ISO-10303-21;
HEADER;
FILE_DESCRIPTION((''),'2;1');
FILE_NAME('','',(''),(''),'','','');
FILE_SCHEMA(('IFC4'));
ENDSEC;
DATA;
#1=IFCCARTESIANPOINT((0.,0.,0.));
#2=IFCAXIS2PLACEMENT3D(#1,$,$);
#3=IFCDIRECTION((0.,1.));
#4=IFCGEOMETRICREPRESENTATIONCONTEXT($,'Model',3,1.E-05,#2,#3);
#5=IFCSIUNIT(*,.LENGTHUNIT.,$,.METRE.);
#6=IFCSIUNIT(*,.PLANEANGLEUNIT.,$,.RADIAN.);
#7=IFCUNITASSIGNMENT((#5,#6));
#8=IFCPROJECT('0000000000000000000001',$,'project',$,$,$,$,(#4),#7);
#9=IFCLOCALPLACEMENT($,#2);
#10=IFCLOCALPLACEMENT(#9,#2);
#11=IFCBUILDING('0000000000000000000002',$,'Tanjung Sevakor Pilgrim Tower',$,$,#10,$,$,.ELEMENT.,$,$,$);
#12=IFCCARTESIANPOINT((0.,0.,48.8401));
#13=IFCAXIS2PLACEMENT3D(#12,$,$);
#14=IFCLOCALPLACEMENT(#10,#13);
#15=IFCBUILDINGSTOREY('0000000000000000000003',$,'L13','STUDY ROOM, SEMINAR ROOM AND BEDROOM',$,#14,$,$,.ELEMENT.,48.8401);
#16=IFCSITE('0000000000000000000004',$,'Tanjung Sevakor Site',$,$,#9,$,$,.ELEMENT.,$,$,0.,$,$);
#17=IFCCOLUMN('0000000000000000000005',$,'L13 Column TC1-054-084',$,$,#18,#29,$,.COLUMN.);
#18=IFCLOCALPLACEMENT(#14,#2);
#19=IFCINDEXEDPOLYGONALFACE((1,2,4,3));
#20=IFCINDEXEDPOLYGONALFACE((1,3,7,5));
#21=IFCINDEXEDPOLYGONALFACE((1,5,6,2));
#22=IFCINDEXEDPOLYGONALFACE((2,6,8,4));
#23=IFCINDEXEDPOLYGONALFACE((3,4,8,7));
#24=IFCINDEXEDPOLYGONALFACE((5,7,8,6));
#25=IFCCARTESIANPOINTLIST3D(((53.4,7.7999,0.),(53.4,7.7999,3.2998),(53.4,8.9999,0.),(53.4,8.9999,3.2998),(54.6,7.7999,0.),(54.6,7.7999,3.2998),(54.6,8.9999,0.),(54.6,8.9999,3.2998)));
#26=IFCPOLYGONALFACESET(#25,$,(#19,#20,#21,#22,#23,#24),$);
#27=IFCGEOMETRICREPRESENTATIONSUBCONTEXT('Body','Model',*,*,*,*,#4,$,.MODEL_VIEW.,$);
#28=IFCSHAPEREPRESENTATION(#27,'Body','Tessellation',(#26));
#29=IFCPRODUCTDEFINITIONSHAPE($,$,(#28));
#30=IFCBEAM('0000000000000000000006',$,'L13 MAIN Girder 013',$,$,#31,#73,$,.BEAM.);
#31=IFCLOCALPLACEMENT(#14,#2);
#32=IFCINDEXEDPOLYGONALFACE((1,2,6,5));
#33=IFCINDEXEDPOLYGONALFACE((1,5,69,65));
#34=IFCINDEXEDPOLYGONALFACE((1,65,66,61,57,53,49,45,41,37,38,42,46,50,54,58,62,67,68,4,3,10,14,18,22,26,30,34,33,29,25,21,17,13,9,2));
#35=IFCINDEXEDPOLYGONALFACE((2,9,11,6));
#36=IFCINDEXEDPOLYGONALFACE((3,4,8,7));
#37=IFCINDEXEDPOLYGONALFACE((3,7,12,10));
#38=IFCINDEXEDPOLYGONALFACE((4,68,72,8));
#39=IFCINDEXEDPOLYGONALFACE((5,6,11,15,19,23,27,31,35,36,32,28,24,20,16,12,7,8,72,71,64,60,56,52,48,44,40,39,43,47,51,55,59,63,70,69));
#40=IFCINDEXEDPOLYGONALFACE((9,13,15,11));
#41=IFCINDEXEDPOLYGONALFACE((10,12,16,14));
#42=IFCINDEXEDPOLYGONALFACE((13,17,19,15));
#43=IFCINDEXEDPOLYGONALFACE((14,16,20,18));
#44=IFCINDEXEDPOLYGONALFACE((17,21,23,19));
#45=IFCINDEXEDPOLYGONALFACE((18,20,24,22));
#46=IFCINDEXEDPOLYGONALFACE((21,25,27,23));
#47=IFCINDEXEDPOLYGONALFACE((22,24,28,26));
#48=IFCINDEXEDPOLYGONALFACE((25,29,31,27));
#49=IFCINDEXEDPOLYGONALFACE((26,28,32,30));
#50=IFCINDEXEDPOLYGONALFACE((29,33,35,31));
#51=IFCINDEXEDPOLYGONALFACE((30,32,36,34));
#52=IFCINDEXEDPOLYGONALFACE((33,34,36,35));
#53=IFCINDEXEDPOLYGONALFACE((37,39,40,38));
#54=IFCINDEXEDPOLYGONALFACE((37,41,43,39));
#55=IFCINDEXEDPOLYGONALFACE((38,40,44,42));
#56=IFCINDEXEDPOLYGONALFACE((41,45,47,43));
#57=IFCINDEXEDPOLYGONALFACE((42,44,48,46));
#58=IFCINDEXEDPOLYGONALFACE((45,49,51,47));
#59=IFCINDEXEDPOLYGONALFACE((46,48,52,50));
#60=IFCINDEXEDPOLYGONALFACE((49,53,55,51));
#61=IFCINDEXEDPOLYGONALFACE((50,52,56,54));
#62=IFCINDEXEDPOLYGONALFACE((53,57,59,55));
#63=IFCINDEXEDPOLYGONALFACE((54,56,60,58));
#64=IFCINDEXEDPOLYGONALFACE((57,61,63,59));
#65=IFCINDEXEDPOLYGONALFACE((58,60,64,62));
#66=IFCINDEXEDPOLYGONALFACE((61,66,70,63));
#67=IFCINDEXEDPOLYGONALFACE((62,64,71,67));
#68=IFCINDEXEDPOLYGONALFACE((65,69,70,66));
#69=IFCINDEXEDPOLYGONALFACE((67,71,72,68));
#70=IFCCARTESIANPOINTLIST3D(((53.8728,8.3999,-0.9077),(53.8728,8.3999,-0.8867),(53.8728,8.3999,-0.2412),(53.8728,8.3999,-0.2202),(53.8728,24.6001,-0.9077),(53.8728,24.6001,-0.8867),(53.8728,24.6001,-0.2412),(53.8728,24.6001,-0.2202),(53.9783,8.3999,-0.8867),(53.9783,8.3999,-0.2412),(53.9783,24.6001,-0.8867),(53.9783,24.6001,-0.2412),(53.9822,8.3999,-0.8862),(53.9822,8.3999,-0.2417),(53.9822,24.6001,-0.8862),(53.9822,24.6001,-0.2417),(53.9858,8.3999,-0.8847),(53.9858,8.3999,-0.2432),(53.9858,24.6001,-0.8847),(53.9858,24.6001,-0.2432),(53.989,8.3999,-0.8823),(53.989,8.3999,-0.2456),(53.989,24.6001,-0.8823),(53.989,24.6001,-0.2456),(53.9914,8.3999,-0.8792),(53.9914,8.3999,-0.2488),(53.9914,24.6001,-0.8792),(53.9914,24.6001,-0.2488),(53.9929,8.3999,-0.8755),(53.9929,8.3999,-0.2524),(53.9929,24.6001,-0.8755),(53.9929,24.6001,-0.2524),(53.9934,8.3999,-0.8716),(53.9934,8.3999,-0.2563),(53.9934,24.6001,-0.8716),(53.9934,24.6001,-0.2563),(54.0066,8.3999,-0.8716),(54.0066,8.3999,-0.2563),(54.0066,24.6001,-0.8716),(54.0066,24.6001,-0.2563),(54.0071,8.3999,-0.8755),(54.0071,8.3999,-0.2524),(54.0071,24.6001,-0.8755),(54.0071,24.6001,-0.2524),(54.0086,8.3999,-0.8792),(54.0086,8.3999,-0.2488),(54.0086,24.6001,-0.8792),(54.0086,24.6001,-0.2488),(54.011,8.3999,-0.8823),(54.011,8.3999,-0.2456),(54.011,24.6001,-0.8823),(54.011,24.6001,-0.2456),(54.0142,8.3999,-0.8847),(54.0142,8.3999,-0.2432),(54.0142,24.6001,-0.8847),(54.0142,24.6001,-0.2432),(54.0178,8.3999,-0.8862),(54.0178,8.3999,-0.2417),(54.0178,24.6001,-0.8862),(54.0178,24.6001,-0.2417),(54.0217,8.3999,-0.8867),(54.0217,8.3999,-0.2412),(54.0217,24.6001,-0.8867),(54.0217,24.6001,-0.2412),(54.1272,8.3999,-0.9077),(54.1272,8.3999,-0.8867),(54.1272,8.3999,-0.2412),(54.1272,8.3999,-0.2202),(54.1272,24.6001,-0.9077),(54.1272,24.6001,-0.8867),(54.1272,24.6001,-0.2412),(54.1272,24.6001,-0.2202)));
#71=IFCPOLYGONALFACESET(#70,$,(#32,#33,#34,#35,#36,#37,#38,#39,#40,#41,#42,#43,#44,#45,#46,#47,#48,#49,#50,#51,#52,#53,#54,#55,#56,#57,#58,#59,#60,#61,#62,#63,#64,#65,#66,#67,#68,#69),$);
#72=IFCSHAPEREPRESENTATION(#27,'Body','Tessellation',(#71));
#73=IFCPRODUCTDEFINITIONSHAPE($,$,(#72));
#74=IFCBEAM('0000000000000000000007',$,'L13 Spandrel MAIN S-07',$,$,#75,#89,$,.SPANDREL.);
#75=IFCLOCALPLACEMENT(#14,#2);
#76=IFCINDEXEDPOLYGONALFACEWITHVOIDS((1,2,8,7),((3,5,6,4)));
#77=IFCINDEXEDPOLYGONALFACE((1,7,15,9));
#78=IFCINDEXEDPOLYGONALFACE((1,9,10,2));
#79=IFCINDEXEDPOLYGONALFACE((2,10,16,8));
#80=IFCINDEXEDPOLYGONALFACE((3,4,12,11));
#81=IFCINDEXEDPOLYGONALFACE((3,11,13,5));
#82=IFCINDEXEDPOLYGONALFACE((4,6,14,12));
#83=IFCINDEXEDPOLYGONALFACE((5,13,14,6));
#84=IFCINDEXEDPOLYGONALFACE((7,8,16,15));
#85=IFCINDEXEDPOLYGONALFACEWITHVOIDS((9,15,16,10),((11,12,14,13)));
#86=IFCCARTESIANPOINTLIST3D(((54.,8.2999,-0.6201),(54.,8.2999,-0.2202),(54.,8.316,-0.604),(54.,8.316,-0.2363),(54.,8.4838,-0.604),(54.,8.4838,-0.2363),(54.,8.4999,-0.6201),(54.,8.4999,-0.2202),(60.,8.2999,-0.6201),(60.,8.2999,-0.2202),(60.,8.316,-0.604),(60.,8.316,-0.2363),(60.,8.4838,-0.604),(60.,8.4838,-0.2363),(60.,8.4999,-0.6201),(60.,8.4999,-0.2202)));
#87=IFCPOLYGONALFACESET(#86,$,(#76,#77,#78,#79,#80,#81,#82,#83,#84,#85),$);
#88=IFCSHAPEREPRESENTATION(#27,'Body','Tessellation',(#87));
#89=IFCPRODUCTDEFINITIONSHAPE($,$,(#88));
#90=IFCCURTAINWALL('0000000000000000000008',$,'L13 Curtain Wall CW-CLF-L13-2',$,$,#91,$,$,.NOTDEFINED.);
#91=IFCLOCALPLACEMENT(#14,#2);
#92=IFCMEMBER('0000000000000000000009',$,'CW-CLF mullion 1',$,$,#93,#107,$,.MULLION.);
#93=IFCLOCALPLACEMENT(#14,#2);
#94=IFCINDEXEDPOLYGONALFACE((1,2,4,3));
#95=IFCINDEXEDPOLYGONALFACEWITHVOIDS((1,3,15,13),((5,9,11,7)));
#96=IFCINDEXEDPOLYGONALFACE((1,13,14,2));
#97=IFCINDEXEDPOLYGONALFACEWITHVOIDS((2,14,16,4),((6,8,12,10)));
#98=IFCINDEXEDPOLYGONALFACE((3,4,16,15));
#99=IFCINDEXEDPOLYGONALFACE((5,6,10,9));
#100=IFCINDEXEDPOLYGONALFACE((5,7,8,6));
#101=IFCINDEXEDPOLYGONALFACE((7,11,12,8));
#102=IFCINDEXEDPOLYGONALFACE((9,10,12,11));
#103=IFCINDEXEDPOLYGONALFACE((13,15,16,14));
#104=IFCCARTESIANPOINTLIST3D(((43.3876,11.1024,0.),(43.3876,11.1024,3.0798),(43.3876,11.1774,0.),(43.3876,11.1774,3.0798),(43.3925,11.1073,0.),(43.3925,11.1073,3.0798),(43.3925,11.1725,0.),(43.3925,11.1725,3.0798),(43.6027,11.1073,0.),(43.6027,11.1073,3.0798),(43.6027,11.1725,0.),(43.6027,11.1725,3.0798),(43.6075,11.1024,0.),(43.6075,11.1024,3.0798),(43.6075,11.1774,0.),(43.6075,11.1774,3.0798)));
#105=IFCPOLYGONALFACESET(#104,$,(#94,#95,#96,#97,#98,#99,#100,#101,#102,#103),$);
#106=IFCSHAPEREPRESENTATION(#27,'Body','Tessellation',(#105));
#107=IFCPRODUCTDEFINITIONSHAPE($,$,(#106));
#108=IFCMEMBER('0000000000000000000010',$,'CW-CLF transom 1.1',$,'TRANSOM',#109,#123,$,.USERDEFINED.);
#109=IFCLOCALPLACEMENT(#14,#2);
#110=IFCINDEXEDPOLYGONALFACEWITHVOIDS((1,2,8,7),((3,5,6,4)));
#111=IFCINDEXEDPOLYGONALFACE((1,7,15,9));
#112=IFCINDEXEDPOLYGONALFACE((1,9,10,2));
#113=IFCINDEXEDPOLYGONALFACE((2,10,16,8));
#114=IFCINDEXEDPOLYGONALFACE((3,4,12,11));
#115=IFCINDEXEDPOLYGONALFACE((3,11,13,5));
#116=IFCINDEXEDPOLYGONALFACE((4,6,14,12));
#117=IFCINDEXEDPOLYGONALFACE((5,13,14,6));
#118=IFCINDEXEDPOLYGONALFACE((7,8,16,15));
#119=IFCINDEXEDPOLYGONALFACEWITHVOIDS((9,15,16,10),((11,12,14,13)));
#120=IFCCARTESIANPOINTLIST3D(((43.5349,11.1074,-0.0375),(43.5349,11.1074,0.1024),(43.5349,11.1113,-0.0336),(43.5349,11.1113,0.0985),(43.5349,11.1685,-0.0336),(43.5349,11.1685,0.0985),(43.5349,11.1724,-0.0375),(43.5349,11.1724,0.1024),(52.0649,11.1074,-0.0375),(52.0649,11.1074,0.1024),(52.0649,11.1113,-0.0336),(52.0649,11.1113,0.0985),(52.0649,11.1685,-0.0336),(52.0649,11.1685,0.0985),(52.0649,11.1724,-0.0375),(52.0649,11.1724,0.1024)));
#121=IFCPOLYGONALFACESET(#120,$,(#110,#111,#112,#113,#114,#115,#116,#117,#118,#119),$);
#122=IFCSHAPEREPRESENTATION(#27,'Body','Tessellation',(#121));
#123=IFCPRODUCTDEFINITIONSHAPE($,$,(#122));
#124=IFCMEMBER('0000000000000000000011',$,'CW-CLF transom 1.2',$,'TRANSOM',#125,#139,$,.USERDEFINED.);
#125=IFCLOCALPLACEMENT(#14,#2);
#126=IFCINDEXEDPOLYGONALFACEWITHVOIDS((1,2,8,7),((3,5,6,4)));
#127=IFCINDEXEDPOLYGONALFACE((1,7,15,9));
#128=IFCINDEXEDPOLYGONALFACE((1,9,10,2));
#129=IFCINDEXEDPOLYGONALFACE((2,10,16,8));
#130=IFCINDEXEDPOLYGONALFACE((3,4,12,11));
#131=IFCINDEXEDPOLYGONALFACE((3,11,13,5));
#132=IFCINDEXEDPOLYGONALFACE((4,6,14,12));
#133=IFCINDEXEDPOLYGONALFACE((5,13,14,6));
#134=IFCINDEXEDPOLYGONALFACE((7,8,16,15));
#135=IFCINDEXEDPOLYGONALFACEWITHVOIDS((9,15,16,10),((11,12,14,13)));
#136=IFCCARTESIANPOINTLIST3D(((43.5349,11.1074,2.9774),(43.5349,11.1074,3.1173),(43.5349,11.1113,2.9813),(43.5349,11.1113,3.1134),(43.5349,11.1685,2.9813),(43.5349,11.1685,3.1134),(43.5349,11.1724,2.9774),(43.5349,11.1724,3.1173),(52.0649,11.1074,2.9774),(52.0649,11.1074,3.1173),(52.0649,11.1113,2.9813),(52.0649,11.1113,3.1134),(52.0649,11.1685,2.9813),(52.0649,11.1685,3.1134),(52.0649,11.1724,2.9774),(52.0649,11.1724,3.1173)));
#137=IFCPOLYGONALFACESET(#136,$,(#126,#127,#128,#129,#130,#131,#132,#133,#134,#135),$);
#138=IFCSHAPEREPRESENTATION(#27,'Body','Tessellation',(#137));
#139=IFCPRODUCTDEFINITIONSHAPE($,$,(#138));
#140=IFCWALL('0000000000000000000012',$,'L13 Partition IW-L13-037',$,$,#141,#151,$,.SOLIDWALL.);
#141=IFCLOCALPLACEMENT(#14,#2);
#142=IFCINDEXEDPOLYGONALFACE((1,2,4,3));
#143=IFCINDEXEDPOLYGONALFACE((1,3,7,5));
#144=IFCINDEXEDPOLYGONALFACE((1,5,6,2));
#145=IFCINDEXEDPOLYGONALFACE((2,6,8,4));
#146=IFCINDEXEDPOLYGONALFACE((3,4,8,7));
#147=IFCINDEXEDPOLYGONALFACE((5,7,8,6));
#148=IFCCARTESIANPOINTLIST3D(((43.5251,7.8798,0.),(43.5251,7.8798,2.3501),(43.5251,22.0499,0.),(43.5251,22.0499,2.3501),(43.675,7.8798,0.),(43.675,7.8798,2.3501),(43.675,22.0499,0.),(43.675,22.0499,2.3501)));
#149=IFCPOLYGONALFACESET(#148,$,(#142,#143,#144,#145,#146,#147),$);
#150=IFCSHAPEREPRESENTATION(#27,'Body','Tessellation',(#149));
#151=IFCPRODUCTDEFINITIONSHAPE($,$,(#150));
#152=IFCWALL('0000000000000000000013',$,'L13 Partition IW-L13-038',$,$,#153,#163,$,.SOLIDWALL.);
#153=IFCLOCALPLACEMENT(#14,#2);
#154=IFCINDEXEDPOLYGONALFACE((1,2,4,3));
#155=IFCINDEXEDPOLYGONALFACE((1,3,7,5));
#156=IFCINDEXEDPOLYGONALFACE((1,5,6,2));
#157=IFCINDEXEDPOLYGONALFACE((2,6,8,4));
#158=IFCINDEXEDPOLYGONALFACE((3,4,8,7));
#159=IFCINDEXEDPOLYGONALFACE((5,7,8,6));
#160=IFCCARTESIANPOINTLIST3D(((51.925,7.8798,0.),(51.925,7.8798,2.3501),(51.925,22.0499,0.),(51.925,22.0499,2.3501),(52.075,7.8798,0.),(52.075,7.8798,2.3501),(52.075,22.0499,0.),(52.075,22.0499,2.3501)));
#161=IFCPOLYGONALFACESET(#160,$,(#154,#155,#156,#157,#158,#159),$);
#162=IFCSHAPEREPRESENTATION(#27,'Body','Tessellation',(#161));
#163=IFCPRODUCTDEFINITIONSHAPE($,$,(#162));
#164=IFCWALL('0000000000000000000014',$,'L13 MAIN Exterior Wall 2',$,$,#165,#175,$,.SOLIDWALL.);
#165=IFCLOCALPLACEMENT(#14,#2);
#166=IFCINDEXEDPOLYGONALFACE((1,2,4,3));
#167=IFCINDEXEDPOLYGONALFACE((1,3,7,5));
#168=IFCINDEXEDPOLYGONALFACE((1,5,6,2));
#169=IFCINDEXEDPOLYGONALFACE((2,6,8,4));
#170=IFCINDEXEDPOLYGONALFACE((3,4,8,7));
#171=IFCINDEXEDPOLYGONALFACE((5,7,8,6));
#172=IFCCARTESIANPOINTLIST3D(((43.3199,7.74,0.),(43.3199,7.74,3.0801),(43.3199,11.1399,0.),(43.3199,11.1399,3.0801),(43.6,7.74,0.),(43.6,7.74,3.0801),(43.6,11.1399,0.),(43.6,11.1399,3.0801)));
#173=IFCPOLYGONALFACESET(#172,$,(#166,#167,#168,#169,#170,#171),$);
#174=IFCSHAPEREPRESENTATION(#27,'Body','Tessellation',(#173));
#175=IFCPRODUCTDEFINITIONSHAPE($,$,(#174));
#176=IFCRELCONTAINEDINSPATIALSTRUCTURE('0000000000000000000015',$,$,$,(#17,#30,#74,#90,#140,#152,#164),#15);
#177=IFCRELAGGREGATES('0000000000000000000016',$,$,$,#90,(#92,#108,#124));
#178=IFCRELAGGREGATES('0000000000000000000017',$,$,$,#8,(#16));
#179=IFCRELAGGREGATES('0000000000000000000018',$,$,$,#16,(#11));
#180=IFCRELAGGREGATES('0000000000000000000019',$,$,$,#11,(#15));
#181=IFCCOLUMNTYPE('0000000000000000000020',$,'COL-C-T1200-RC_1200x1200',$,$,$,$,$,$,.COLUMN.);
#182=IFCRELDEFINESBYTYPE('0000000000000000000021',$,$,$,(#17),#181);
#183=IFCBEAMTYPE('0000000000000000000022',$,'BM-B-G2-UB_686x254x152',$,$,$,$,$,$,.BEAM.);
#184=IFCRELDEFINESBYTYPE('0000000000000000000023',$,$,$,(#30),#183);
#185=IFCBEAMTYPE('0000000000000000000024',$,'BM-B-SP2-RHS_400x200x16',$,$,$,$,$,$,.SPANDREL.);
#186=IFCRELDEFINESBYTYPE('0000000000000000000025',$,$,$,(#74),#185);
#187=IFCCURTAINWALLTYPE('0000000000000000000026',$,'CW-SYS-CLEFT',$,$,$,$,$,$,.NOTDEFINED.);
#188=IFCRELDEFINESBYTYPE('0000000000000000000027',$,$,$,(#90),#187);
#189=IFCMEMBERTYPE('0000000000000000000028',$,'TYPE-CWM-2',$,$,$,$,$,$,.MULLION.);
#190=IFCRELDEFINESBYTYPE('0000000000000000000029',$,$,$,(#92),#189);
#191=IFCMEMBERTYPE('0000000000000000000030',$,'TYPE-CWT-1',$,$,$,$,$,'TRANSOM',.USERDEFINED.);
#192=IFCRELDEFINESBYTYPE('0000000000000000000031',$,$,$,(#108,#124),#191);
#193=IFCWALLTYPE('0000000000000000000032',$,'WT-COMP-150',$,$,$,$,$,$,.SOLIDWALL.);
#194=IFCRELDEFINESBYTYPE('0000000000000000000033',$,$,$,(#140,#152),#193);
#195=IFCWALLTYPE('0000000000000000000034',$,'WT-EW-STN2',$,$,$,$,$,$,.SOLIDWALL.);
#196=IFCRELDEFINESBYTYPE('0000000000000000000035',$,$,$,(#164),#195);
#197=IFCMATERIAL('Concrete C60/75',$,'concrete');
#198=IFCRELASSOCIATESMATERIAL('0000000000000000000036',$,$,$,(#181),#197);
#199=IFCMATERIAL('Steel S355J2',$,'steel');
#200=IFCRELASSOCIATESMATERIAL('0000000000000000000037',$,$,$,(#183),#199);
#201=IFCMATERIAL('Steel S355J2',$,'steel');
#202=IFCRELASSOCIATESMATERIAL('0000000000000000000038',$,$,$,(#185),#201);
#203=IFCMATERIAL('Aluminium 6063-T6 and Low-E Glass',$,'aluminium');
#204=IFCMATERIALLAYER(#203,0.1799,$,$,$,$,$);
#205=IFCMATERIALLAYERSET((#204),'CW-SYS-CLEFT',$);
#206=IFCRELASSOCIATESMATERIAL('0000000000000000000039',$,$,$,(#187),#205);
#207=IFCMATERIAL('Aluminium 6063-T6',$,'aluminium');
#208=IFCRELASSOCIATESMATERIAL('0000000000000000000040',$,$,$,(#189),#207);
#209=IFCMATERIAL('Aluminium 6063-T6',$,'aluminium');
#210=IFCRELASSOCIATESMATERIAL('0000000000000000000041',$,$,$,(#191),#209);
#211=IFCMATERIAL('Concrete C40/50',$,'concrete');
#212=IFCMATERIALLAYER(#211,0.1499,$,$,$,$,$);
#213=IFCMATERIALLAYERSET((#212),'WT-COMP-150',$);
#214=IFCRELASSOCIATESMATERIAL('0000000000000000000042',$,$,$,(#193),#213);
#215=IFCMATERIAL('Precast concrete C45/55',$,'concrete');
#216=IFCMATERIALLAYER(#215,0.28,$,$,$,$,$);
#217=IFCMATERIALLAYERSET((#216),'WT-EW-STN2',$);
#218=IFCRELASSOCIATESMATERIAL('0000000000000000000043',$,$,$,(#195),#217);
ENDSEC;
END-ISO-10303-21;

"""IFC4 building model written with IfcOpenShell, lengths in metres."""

from ifc_helpers import new_model, si_unit, direction, frame, frame_2d, origin, origin_2d, place, context, subcontext, project, spatial, rectangle, hollow_rectangle, i_section, extrude, material, layer, layer_set, material_profile, profile_set, type_object, element, aggregate, save


model = new_model("IFC4")

# Units and contexts
model_context = context("Model", 3, precision=1e-05, world=origin(), true_north=direction((0.0, 1.0)))
body_context = subcontext(model_context, "Body", "Model", "MODEL_VIEW")
ifc_project = project(units=[si_unit("LENGTHUNIT", "METRE"), si_unit("PLANEANGLEUNIT", "RADIAN")], contexts=[model_context])

# Site, building, storey
site_placement = place(None, origin())
site = spatial("IfcSite", under=ifc_project, at=site_placement, Name="Tanjung Sevakor Site", CompositionType="ELEMENT", RefElevation=0.0)
building_placement = place(site_placement, origin())
building = spatial("IfcBuilding", under=site, at=building_placement, Name="Tanjung Sevakor Pilgrim Tower", CompositionType="ELEMENT")
storey_placement = place(building_placement, frame((0.0, 0.0, 48.8401)))
storey = spatial("IfcBuildingStorey", under=building, at=storey_placement, Name="L13", Description="STUDY ROOM, SEMINAR ROOM AND BEDROOM", CompositionType="ELEMENT", Elevation=48.8401)

# Column
ifc_material_1 = material(Name="Concrete C60/75", Category="concrete")
ifc_material_profile_1 = material_profile(ifc_material_1, rectangle(XDim=1.2, YDim=1.2, at=origin_2d()))
ifc_profile_set_1 = profile_set([ifc_material_profile_1], Name="Concrete C60/75")
column_type = type_object("IfcColumnType", Name="COL-C-T1200-RC_1200x1200", PredefinedType="COLUMN", material=ifc_profile_set_1)
column_placement = place(storey_placement, frame((54.0, 8.3999, 0.0), z_axis=(0.0, 0.0, 1.0), x_axis=(1.0, 0.0, 0.0)))
element("IfcColumn", 1, at=column_placement, inside=storey, type_object=column_type, Name="L13 Column TC1-054-084", PredefinedType="COLUMN", context=body_context, shape_type="SweptSolid", body=[
    extrude(rectangle(XDim=1.2, YDim=1.2, at=origin_2d()), origin(), (0.0, 0.0, 1.0), 3.2998),
])

# Beams
ifc_material_2 = material(Name="Steel S355J2", Category="steel")
ifc_material_profile_2 = material_profile(ifc_material_2, i_section(OverallWidth=0.2544, OverallDepth=0.6875, WebThickness=0.0132, FlangeThickness=0.021, FilletRadius=0.0151, at=origin_2d()))
ifc_profile_set_2 = profile_set([ifc_material_profile_2], Name="Steel S355J2")
beam_type_1 = type_object("IfcBeamType", Name="BM-B-G2-UB_686x254x152", PredefinedType="BEAM", material=ifc_profile_set_2)
beam_1_placement = place(storey_placement, frame((54.0, 8.3999, -0.564), z_axis=(0.0, 1.0, 0.0), x_axis=(-1.0, 0.0, 0.0)))
element("IfcBeam", 2, at=beam_1_placement, inside=storey, type_object=beam_type_1, Name="L13 MAIN Girder 013", PredefinedType="BEAM", context=body_context, shape_type="SweptSolid", body=[
    extrude(i_section(OverallWidth=0.2544, OverallDepth=0.6875, WebThickness=0.0132, FlangeThickness=0.021, FilletRadius=0.0151, at=origin_2d()), origin(), (0.0, 0.0, 1.0), 16.2002),
])
ifc_material_3 = material(Name="Steel S355J2", Category="steel")
ifc_material_profile_3 = material_profile(ifc_material_3, hollow_rectangle(XDim=0.2, YDim=0.3999, WallThickness=0.0161, at=origin_2d()))
ifc_profile_set_3 = profile_set([ifc_material_profile_3], Name="Steel S355J2")
beam_type_2 = type_object("IfcBeamType", Name="BM-B-SP2-RHS_400x200x16", PredefinedType="SPANDREL", material=ifc_profile_set_3)
beam_2_placement = place(storey_placement, frame((54.0, 8.3999, -0.4202), z_axis=(1.0, 0.0, 0.0), x_axis=(0.0, 1.0, 0.0)))
element("IfcBeam", 3, at=beam_2_placement, inside=storey, type_object=beam_type_2, Name="L13 Spandrel MAIN S-07", PredefinedType="SPANDREL", context=body_context, shape_type="SweptSolid", body=[
    extrude(hollow_rectangle(XDim=0.2, YDim=0.3999, WallThickness=0.0161, at=origin_2d()), origin(), (0.0, 0.0, 1.0), 6.0),
])

# Curtain wall, members
ifc_material_4 = material(Name="Aluminium 6063-T6 and Low-E Glass", Category="aluminium")
ifc_layer_1 = layer(ifc_material_4, 0.1799)
ifc_layer_set_1 = layer_set([ifc_layer_1], Name="CW-SYS-CLEFT")
curtain_wall_type = type_object("IfcCurtainWallType", Name="CW-SYS-CLEFT", PredefinedType="NOTDEFINED", material=ifc_layer_set_1)
curtain_wall_placement = place(storey_placement, origin())
curtain_wall = element("IfcCurtainWall", 4, at=curtain_wall_placement, inside=storey, type_object=curtain_wall_type, Name="L13 Curtain Wall CW-CLF-L13-2", PredefinedType="NOTDEFINED")
ifc_material_5 = material(Name="Aluminium 6063-T6", Category="aluminium")
ifc_material_profile_4 = material_profile(ifc_material_5, hollow_rectangle(XDim=0.075, YDim=0.22, WallThickness=0.0049, at=origin_2d()))
ifc_profile_set_4 = profile_set([ifc_material_profile_4], Name="Aluminium 6063-T6")
member_type_1 = type_object("IfcMemberType", Name="TYPE-CWM-2", PredefinedType="MULLION", material=ifc_profile_set_4)
member_1_placement = place(storey_placement, frame((43.4976, 11.1399, 0.0), z_axis=(0.0, 0.0, 1.0), x_axis=(0.0, 1.0, 0.0)))
member_1 = element("IfcMember", 5, at=member_1_placement, type_object=member_type_1, Name="CW-CLF mullion 1", PredefinedType="MULLION", context=body_context, shape_type="SweptSolid", body=[
    extrude(hollow_rectangle(XDim=0.075, YDim=0.22, WallThickness=0.0049, at=origin_2d()), origin(), (0.0, 0.0, 1.0), 3.0798),
])
ifc_material_6 = material(Name="Aluminium 6063-T6", Category="aluminium")
ifc_material_profile_5 = material_profile(ifc_material_6, hollow_rectangle(XDim=0.0649, YDim=0.1399, WallThickness=0.0039, at=origin_2d()))
ifc_profile_set_5 = profile_set([ifc_material_profile_5], Name="Aluminium 6063-T6")
member_type_2 = type_object("IfcMemberType", Name="TYPE-CWT-1", ElementType="TRANSOM", PredefinedType="USERDEFINED", material=ifc_profile_set_5)
member_2_placement = place(storey_placement, frame((43.5349, 11.1399, 0.0325), z_axis=(1.0, 0.0, 0.0), x_axis=(0.0, 1.0, 0.0)))
member_2 = element("IfcMember", 6, at=member_2_placement, type_object=member_type_2, Name="CW-CLF transom 1.1", ObjectType="TRANSOM", PredefinedType="USERDEFINED", context=body_context, shape_type="SweptSolid", body=[
    extrude(hollow_rectangle(XDim=0.0649, YDim=0.1399, WallThickness=0.0039, at=origin_2d()), origin(), (0.0, 0.0, 1.0), 8.53),
])
member_3_placement = place(storey_placement, frame((43.5349, 11.1399, 3.0474), z_axis=(1.0, 0.0, 0.0), x_axis=(0.0, 1.0, 0.0)))
member_3 = element("IfcMember", 7, at=member_3_placement, type_object=member_type_2, Name="CW-CLF transom 1.2", ObjectType="TRANSOM", PredefinedType="USERDEFINED", context=body_context, shape_type="SweptSolid", body=[
    extrude(hollow_rectangle(XDim=0.0649, YDim=0.1399, WallThickness=0.0039, at=origin_2d()), origin(), (0.0, 0.0, 1.0), 8.53),
])
aggregate(curtain_wall, [member_1, member_2, member_3])

# Walls
ifc_material_7 = material(Name="Concrete C40/50", Category="concrete")
ifc_layer_2 = layer(ifc_material_7, 0.1499)
ifc_layer_set_2 = layer_set([ifc_layer_2], Name="WT-COMP-150")
wall_type_1 = type_object("IfcWallType", Name="WT-COMP-150", PredefinedType="SOLIDWALL", material=ifc_layer_set_2)
for number, where, z_axis, x_axis, name in (
    (8, (43.6001, 7.8799, 0.0), (0.0, 0.0, 1.0), (0.0, 1.0, 0.0), "L13 Partition IW-L13-037"),
    (9, (52.0, 7.8799, 0.0), (0.0, 0.0, 1.0), (0.0, 1.0, 0.0), "L13 Partition IW-L13-038"),
):
    element("IfcWall", number, at=place(storey_placement, frame(where, z_axis=z_axis, x_axis=x_axis)), inside=storey, type_object=wall_type_1, Name=name, PredefinedType="SOLIDWALL", context=body_context, shape_type="SweptSolid", body=[
        extrude(rectangle(XDim=14.1702, YDim=0.1499, at=frame_2d((7.085, 0.0))), origin(), (0.0, 0.0, 1.0), 2.3501),
    ])
ifc_material_8 = material(Name="Precast concrete C45/55", Category="concrete")
ifc_layer_3 = layer(ifc_material_8, 0.28)
ifc_layer_set_3 = layer_set([ifc_layer_3], Name="WT-EW-STN2")
wall_type_2 = type_object("IfcWallType", Name="WT-EW-STN2", PredefinedType="SOLIDWALL", material=ifc_layer_set_3)
wall_1_placement = place(storey_placement, frame((43.46, 7.74, 0.0), z_axis=(0.0, 0.0, 1.0), x_axis=(0.0, 1.0, 0.0)))
element("IfcWall", 10, at=wall_1_placement, inside=storey, type_object=wall_type_2, Name="L13 MAIN Exterior Wall 2", PredefinedType="SOLIDWALL", context=body_context, shape_type="SweptSolid", body=[
    extrude(rectangle(XDim=3.3999, YDim=0.28, at=frame_2d((1.7, 0.0))), origin(), (0.0, 0.0, 1.0), 3.0801),
])

save(model, "model.ifc")
